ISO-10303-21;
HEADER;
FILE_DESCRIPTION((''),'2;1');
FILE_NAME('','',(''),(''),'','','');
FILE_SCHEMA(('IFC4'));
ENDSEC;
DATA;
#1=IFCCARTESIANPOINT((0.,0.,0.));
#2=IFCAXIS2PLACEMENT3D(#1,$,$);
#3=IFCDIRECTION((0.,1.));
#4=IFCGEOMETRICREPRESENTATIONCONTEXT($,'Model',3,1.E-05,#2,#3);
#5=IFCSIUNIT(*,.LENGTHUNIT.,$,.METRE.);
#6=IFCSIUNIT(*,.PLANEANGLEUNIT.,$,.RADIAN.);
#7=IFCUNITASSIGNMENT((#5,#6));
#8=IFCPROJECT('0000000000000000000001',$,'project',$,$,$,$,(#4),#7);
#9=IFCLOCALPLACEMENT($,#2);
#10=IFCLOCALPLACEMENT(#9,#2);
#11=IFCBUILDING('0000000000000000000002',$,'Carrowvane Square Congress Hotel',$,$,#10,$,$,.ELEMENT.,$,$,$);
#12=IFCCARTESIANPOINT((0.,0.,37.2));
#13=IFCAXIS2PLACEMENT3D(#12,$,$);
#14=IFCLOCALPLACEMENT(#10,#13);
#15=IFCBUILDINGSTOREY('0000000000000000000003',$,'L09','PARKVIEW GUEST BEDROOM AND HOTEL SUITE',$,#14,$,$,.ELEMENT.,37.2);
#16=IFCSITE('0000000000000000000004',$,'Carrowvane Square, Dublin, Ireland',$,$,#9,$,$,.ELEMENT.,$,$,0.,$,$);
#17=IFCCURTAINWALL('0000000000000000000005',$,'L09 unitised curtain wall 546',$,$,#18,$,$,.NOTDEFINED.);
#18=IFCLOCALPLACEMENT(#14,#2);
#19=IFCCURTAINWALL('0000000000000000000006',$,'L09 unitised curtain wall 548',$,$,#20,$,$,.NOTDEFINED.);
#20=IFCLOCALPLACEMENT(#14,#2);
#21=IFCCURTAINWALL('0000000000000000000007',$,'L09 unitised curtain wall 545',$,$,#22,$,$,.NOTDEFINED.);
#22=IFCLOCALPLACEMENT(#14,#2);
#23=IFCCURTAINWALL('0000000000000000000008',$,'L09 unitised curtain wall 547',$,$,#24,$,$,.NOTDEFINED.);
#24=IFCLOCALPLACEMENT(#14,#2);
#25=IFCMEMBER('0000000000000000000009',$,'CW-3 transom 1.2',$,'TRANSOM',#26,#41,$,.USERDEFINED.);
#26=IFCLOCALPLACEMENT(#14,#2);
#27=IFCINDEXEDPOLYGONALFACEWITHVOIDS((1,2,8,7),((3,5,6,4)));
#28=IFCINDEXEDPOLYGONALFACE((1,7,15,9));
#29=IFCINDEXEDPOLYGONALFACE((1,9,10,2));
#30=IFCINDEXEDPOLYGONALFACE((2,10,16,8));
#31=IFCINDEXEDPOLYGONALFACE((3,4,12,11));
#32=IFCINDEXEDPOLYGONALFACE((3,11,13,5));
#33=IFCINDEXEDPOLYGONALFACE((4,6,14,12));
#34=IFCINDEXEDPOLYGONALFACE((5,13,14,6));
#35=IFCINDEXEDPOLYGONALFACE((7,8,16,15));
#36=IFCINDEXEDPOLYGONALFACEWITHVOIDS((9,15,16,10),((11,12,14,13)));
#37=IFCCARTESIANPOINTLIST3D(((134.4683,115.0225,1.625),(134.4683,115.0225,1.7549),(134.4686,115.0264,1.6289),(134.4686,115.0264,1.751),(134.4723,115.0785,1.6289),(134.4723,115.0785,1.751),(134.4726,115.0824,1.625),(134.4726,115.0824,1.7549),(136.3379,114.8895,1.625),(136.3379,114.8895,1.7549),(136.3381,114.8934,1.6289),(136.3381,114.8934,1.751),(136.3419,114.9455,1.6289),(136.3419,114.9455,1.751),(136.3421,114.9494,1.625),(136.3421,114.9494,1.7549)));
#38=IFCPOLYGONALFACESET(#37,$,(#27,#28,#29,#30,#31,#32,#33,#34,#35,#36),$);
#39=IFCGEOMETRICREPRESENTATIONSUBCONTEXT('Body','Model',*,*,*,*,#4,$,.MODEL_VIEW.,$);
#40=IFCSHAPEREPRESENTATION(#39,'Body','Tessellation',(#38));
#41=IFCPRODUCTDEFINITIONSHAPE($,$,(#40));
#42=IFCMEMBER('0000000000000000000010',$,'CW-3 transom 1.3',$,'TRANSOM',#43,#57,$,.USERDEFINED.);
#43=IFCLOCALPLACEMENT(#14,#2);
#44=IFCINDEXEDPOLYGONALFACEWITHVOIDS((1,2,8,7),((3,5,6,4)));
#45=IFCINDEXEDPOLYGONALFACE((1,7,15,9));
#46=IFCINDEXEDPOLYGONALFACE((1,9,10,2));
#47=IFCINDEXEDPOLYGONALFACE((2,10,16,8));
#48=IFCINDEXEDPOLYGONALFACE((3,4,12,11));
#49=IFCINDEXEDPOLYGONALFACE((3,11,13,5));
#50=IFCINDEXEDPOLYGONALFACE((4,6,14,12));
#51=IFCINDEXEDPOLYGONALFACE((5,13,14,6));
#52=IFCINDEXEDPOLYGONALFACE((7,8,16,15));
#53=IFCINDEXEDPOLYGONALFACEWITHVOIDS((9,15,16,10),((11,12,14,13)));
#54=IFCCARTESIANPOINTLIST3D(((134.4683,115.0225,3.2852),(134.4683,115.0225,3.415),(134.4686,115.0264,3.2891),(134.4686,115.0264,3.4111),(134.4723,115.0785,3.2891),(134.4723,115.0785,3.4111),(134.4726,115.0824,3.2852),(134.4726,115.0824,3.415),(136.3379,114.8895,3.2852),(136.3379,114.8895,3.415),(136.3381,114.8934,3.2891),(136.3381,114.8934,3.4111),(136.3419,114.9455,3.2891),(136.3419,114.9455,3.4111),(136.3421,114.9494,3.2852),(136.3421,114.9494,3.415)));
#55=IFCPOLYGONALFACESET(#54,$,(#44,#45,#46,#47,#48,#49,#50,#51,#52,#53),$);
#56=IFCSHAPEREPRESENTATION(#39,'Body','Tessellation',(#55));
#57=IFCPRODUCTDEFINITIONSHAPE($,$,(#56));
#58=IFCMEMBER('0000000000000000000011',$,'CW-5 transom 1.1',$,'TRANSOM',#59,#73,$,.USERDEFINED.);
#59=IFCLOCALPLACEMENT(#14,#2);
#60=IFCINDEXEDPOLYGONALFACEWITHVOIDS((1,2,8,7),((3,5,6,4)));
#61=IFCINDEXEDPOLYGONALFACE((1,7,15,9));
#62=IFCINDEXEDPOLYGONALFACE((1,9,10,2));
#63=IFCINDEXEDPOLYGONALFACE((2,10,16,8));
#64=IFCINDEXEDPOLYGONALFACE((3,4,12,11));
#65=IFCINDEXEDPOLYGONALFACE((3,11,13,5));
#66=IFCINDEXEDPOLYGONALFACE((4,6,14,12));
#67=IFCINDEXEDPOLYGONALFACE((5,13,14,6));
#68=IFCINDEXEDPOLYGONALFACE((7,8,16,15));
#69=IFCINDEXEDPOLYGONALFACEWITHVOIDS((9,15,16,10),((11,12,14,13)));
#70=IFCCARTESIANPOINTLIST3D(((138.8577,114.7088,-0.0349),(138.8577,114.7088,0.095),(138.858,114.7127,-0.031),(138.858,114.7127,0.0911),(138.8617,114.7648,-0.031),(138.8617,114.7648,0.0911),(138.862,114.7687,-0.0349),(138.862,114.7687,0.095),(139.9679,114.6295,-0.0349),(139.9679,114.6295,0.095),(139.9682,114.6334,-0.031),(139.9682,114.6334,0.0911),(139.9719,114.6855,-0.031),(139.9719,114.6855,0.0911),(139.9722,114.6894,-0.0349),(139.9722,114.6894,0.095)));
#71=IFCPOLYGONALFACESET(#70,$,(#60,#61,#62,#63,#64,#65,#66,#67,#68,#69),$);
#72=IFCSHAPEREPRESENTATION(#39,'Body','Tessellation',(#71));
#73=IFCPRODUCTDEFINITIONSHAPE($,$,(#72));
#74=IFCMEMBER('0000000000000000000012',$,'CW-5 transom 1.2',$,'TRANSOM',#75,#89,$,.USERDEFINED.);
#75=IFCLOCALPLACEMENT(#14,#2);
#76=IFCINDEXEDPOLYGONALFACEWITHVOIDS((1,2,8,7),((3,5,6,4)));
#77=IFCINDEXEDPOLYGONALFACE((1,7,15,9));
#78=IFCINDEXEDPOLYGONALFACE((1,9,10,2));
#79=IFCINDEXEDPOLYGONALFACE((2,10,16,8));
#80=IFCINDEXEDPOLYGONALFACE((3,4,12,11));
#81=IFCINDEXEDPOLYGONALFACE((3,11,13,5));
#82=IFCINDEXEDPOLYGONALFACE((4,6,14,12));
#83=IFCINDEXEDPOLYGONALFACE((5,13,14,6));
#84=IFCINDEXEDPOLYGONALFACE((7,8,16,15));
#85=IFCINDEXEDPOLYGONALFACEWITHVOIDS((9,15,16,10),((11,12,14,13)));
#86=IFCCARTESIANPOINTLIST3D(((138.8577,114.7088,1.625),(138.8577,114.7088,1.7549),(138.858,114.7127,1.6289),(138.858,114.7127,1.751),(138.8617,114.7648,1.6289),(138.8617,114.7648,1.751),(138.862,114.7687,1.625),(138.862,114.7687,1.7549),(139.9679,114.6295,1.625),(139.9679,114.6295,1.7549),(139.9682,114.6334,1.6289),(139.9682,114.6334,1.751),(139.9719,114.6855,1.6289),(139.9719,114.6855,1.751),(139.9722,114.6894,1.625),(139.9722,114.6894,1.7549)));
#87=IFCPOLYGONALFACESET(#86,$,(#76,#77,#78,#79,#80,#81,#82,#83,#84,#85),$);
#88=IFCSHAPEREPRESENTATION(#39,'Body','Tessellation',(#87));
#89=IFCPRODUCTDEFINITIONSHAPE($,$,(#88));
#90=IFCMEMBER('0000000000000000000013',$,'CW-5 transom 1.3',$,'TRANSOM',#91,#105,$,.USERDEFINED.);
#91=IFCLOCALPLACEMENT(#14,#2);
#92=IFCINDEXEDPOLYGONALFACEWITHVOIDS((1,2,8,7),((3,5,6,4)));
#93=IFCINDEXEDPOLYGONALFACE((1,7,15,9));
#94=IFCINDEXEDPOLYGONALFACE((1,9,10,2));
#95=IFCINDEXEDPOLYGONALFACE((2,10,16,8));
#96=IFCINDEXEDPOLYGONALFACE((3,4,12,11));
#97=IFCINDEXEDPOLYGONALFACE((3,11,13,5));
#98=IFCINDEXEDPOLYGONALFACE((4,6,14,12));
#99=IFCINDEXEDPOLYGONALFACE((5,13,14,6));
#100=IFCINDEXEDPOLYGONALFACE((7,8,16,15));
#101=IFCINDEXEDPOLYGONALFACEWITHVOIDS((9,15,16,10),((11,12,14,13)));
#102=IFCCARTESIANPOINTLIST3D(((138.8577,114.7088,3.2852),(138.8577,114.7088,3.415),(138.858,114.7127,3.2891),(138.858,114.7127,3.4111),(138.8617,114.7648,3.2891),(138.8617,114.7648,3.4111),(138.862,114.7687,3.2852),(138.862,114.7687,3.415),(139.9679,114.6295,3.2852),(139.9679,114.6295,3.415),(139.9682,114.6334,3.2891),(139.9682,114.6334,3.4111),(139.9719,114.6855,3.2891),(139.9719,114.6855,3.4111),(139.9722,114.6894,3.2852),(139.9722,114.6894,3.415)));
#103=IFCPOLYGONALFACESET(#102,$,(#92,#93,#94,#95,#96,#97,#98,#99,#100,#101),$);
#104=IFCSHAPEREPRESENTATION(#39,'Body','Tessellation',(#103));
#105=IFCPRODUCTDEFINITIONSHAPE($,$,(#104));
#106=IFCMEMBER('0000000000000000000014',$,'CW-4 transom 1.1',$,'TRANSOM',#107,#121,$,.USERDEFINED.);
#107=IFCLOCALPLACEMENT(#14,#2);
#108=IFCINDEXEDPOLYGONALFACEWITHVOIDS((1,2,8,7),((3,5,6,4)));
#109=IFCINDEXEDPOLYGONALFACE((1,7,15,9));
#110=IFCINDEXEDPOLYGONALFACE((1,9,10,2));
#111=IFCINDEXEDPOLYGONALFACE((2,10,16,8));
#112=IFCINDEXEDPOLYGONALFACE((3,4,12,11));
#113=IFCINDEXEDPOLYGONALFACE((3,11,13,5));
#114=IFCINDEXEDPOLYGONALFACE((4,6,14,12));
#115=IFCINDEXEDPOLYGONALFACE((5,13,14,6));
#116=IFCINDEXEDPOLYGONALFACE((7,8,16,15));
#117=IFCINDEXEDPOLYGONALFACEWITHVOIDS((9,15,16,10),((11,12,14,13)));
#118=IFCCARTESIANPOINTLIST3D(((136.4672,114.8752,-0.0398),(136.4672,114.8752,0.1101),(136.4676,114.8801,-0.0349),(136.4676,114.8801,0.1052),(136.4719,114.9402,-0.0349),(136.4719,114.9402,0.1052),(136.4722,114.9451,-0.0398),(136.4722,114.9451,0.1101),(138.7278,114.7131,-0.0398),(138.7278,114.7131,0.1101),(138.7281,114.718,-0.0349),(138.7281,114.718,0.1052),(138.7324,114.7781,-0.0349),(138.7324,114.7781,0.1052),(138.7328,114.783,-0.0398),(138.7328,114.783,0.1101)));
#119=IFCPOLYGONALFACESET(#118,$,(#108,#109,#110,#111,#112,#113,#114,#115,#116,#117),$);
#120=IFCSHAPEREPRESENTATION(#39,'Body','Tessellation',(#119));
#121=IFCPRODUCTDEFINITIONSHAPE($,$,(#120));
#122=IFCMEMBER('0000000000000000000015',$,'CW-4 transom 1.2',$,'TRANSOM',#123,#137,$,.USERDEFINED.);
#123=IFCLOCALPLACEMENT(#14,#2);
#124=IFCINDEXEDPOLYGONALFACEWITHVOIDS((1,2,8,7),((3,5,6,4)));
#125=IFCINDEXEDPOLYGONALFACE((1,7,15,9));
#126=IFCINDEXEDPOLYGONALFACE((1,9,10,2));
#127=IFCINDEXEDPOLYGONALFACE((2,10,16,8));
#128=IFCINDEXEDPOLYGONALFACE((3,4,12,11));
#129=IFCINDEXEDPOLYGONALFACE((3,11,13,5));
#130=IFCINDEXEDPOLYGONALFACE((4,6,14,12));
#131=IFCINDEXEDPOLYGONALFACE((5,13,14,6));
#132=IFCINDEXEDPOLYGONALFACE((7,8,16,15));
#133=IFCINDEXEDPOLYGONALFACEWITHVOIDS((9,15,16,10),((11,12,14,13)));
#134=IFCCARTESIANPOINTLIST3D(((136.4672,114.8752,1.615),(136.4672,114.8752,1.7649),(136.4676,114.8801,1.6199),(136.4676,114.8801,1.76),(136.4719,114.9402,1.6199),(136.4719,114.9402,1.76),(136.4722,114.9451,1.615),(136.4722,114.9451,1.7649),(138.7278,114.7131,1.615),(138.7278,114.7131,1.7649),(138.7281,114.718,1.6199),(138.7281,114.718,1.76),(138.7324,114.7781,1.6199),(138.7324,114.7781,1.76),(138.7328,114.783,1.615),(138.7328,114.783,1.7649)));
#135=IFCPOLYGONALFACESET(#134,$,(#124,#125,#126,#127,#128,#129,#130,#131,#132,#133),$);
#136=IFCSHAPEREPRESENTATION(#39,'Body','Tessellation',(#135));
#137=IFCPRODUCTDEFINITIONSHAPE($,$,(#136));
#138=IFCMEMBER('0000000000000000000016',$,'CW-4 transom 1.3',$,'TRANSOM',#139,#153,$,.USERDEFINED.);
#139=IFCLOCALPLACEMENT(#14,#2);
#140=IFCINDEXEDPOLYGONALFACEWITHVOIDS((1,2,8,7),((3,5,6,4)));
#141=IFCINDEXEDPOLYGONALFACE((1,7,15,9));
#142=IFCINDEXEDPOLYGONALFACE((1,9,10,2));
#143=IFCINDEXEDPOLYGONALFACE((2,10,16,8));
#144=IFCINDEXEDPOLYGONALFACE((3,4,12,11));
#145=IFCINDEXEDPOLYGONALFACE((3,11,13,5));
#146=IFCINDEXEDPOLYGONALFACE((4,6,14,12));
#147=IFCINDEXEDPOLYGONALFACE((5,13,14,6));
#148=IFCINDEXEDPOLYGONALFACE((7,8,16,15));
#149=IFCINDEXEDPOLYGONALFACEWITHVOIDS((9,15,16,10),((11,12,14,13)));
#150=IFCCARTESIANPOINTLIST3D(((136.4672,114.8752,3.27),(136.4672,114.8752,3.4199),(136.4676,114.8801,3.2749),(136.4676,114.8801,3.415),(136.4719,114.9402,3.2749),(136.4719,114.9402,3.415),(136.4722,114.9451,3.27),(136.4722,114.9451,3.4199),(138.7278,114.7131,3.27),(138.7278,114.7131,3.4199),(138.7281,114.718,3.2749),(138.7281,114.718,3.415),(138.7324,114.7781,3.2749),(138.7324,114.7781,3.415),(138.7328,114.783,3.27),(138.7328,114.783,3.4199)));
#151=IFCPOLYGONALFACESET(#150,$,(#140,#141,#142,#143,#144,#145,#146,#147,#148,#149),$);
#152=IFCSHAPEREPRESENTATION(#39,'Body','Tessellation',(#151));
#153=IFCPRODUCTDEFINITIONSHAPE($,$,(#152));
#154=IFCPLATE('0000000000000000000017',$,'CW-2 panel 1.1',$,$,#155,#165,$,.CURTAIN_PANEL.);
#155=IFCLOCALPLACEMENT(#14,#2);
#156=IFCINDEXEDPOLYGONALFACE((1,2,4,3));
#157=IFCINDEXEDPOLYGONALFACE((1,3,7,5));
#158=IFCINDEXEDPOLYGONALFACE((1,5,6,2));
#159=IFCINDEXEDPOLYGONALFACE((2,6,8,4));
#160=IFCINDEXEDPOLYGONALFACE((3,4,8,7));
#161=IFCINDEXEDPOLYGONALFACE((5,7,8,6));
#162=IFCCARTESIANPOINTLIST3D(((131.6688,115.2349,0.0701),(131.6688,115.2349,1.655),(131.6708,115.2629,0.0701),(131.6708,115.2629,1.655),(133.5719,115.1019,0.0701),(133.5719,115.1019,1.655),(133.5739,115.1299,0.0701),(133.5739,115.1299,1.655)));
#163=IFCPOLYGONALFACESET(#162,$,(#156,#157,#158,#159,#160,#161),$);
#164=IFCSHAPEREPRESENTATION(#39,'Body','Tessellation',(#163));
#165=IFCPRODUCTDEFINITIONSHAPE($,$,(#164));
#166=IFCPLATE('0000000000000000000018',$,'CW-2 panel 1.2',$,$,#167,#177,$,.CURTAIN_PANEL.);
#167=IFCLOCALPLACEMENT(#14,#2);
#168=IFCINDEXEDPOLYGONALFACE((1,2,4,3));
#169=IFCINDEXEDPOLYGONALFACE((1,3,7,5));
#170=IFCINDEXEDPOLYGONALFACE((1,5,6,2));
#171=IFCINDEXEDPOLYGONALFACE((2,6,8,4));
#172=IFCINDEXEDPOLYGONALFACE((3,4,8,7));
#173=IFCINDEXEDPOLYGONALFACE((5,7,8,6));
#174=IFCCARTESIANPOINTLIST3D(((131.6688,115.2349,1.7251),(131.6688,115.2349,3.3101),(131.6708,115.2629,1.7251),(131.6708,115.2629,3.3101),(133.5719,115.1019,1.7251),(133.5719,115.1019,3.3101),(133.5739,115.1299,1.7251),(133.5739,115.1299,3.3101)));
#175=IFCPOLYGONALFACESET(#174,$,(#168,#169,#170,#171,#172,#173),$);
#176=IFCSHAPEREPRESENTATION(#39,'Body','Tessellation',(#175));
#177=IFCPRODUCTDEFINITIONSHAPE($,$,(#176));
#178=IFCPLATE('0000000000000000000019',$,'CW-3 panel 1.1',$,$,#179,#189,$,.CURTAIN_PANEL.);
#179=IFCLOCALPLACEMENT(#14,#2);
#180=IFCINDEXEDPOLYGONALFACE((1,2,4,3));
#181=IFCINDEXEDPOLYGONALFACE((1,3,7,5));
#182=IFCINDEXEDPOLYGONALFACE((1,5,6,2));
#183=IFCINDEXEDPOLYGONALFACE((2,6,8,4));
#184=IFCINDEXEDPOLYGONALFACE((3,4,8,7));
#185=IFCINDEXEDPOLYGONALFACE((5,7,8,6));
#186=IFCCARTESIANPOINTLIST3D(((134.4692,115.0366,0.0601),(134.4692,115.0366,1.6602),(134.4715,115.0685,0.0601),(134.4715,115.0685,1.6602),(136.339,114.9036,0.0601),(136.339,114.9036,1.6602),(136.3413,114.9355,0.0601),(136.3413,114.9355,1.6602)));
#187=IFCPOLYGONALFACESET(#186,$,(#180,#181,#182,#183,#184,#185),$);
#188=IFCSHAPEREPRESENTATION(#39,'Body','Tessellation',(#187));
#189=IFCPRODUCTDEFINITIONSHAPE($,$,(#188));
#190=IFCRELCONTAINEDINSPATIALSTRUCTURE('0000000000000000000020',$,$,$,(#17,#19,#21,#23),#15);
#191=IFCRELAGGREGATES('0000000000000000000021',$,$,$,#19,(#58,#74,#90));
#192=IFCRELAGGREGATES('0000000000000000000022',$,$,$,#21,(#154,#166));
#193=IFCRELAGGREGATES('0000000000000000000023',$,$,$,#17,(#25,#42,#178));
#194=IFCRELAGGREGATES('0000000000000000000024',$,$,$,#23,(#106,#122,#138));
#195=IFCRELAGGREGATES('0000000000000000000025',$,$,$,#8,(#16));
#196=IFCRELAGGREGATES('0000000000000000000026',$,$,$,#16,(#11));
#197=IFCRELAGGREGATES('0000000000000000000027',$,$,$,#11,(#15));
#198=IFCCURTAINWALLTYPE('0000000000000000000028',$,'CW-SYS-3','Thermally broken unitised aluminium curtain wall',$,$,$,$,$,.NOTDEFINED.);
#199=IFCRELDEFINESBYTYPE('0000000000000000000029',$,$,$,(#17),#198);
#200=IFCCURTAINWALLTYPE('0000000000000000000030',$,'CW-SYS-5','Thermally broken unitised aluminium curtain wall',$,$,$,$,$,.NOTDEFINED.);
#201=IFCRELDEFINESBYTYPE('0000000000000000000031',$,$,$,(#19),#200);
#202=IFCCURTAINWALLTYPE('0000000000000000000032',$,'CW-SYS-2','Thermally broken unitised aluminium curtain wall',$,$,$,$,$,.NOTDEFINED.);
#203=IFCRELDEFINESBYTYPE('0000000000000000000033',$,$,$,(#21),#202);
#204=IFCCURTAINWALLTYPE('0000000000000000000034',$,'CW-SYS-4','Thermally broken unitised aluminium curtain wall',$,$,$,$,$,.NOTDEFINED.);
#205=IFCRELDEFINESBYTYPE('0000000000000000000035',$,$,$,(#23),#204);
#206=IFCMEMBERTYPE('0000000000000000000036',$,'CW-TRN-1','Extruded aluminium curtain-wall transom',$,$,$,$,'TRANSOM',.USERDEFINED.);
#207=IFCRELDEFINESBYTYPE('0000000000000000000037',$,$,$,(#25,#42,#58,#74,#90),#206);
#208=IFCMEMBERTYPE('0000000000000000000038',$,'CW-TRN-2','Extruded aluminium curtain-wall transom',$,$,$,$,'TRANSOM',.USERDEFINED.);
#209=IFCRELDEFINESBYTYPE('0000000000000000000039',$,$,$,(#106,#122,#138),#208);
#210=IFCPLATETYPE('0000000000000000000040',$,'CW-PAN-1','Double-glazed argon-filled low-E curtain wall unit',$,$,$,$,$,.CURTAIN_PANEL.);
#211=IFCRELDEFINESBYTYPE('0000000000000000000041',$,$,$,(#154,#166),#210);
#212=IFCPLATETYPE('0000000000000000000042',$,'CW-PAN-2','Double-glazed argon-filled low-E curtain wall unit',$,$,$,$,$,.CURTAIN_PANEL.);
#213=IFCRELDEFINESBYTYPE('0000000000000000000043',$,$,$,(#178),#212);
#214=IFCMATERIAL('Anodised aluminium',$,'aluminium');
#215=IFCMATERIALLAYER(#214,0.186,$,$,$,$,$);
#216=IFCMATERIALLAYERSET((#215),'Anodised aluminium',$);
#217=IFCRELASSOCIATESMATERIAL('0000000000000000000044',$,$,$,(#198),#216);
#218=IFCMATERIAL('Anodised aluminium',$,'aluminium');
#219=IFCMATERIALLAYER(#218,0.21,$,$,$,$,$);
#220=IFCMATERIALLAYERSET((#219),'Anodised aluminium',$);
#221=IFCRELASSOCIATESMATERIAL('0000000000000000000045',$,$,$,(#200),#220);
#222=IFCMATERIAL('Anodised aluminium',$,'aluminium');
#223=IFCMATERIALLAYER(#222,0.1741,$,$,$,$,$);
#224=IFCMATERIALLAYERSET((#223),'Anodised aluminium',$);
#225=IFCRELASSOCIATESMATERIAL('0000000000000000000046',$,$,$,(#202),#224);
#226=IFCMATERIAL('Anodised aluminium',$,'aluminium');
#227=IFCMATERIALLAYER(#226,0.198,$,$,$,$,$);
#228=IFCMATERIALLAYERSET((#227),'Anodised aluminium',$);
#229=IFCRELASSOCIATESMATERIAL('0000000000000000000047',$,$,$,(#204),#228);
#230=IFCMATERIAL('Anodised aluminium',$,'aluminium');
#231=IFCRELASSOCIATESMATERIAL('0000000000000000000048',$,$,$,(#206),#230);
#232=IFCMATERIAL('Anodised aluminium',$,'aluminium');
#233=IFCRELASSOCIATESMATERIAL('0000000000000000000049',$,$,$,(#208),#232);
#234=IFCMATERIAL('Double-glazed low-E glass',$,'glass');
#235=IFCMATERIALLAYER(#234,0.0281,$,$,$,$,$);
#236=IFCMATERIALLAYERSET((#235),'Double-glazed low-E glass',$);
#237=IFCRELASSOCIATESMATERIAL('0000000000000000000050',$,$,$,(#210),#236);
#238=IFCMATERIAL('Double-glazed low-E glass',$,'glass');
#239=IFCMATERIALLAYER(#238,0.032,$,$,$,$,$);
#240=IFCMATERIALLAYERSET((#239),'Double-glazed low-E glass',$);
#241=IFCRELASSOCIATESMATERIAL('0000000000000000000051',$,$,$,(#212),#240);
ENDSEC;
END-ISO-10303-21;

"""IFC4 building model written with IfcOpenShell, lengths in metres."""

from ifc_helpers import new_model, si_unit, direction, frame, origin, origin_2d, place, context, subcontext, project, spatial, rectangle, hollow_rectangle, extrude, material, layer, layer_set, material_profile, profile_set, type_object, element, aggregate, save


model = new_model("IFC4")

# Units and contexts
model_context = context("Model", 3, precision=1e-05, world=origin(), true_north=direction((0.0, 1.0)))
body_context = subcontext(model_context, "Body", "Model", "MODEL_VIEW")
ifc_project = project(units=[si_unit("LENGTHUNIT", "METRE"), si_unit("PLANEANGLEUNIT", "RADIAN")], contexts=[model_context])

# Site, building, storey
site_placement = place(None, origin())
site = spatial("IfcSite", under=ifc_project, at=site_placement, Name="Carrowvane Square, Dublin, Ireland", CompositionType="ELEMENT", RefElevation=0.0)
building_placement = place(site_placement, origin())
building = spatial("IfcBuilding", under=site, at=building_placement, Name="Carrowvane Square Congress Hotel", CompositionType="ELEMENT")
storey_placement = place(building_placement, frame((0.0, 0.0, 37.2)))
storey = spatial("IfcBuildingStorey", under=building, at=storey_placement, Name="L09", Description="PARKVIEW GUEST BEDROOM AND HOTEL SUITE", CompositionType="ELEMENT", Elevation=37.2)

# Curtain wall
ifc_material_1 = material(Name="Anodised aluminium", Category="aluminium")
ifc_layer_1 = layer(ifc_material_1, 0.186)
ifc_layer_set_1 = layer_set([ifc_layer_1], Name="Anodised aluminium")
curtain_wall_type_1 = type_object("IfcCurtainWallType", Name="CW-SYS-3", Description="Thermally broken unitised aluminium curtain wall", PredefinedType="NOTDEFINED", material=ifc_layer_set_1)
curtain_wall_1_placement = place(storey_placement, origin())
curtain_wall_1 = element("IfcCurtainWall", 1, at=curtain_wall_1_placement, inside=storey, type_object=curtain_wall_type_1, Name="L09 unitised curtain wall 546", PredefinedType="NOTDEFINED")

# Curtain walls
ifc_material_2 = material(Name="Anodised aluminium", Category="aluminium")
ifc_layer_2 = layer(ifc_material_2, 0.21)
ifc_layer_set_2 = layer_set([ifc_layer_2], Name="Anodised aluminium")
curtain_wall_type_2 = type_object("IfcCurtainWallType", Name="CW-SYS-5", Description="Thermally broken unitised aluminium curtain wall", PredefinedType="NOTDEFINED", material=ifc_layer_set_2)
curtain_wall_2_placement = place(storey_placement, origin())
curtain_wall_2 = element("IfcCurtainWall", 2, at=curtain_wall_2_placement, inside=storey, type_object=curtain_wall_type_2, Name="L09 unitised curtain wall 548", PredefinedType="NOTDEFINED")
ifc_material_3 = material(Name="Anodised aluminium", Category="aluminium")
ifc_layer_3 = layer(ifc_material_3, 0.1741)
ifc_layer_set_3 = layer_set([ifc_layer_3], Name="Anodised aluminium")
curtain_wall_type_3 = type_object("IfcCurtainWallType", Name="CW-SYS-2", Description="Thermally broken unitised aluminium curtain wall", PredefinedType="NOTDEFINED", material=ifc_layer_set_3)
curtain_wall_3_placement = place(storey_placement, origin())
curtain_wall_3 = element("IfcCurtainWall", 3, at=curtain_wall_3_placement, inside=storey, type_object=curtain_wall_type_3, Name="L09 unitised curtain wall 545", PredefinedType="NOTDEFINED")

# Curtain wall
ifc_material_4 = material(Name="Anodised aluminium", Category="aluminium")
ifc_layer_4 = layer(ifc_material_4, 0.198)
ifc_layer_set_4 = layer_set([ifc_layer_4], Name="Anodised aluminium")
curtain_wall_type_4 = type_object("IfcCurtainWallType", Name="CW-SYS-4", Description="Thermally broken unitised aluminium curtain wall", PredefinedType="NOTDEFINED", material=ifc_layer_set_4)
curtain_wall_4_placement = place(storey_placement, origin())
curtain_wall_4 = element("IfcCurtainWall", 4, at=curtain_wall_4_placement, inside=storey, type_object=curtain_wall_type_4, Name="L09 unitised curtain wall 547", PredefinedType="NOTDEFINED")

# Members
ifc_material_5 = material(Name="Anodised aluminium", Category="aluminium")
ifc_material_profile_1 = material_profile(ifc_material_5, hollow_rectangle(XDim=0.0601, YDim=0.1299, WallThickness=0.0039, at=origin_2d()), Name="CW-TR 60x130x4")
ifc_profile_set_1 = profile_set([ifc_material_profile_1], Name="Anodised aluminium")
member_type_1 = type_object("IfcMemberType", Name="CW-TRN-1", Description="Extruded aluminium curtain-wall transom", ElementType="TRANSOM", PredefinedType="USERDEFINED", material=ifc_profile_set_1)
member_1_placement = place(storey_placement, frame((134.4705, 115.0525, 1.6899), z_axis=(0.997477, -0.070988, 0.0), x_axis=(0.070988, 0.997477, 0.0)))
member_1 = element("IfcMember", 5, at=member_1_placement, type_object=member_type_1, Name="CW-3 transom 1.2", ObjectType="TRANSOM", PredefinedType="USERDEFINED", context=body_context, shape_type="SweptSolid", body=[
    extrude(hollow_rectangle(XDim=0.0601, YDim=0.1299, WallThickness=0.0039, at=origin_2d()), origin(), (0.0, 0.0, 1.0), 1.8743),
])
member_2_placement = place(storey_placement, frame((134.4705, 115.0525, 3.3501), z_axis=(0.997477, -0.070988, 0.0), x_axis=(0.070988, 0.997477, 0.0)))
member_2 = element("IfcMember", 6, at=member_2_placement, type_object=member_type_1, Name="CW-3 transom 1.3", ObjectType="TRANSOM", PredefinedType="USERDEFINED", context=body_context, shape_type="SweptSolid", body=[
    extrude(hollow_rectangle(XDim=0.0601, YDim=0.1299, WallThickness=0.0039, at=origin_2d()), origin(), (0.0, 0.0, 1.0), 1.8743),
])
member_3_placement = place(storey_placement, frame((138.8599, 114.7388, 0.03), z_axis=(0.997455, -0.071294, 0.0), x_axis=(0.071294, 0.997455, 0.0)))
member_3 = element("IfcMember", 7, at=member_3_placement, type_object=member_type_1, Name="CW-5 transom 1.1", ObjectType="TRANSOM", PredefinedType="USERDEFINED", context=body_context, shape_type="SweptSolid", body=[
    extrude(hollow_rectangle(XDim=0.0601, YDim=0.1299, WallThickness=0.0039, at=origin_2d()), origin(), (0.0, 0.0, 1.0), 1.113),
])
member_4_placement = place(storey_placement, frame((138.8599, 114.7388, 1.6899), z_axis=(0.997455, -0.071294, 0.0), x_axis=(0.071294, 0.997455, 0.0)))
member_4 = element("IfcMember", 8, at=member_4_placement, type_object=member_type_1, Name="CW-5 transom 1.2", ObjectType="TRANSOM", PredefinedType="USERDEFINED", context=body_context, shape_type="SweptSolid", body=[
    extrude(hollow_rectangle(XDim=0.0601, YDim=0.1299, WallThickness=0.0039, at=origin_2d()), origin(), (0.0, 0.0, 1.0), 1.113),
])
member_5_placement = place(storey_placement, frame((138.8599, 114.7388, 3.3501), z_axis=(0.997455, -0.071294, 0.0), x_axis=(0.071294, 0.997455, 0.0)))
member_5 = element("IfcMember", 9, at=member_5_placement, type_object=member_type_1, Name="CW-5 transom 1.3", ObjectType="TRANSOM", PredefinedType="USERDEFINED", context=body_context, shape_type="SweptSolid", body=[
    extrude(hollow_rectangle(XDim=0.0601, YDim=0.1299, WallThickness=0.0039, at=origin_2d()), origin(), (0.0, 0.0, 1.0), 1.113),
])
aggregate(curtain_wall_2, [member_3, member_4, member_5])
ifc_material_6 = material(Name="Anodised aluminium", Category="aluminium")
ifc_material_profile_2 = material_profile(ifc_material_6, hollow_rectangle(XDim=0.0701, YDim=0.1499, WallThickness=0.0049, at=origin_2d()), Name="CW-TR 70x150x5")
ifc_profile_set_2 = profile_set([ifc_material_profile_2], Name="Anodised aluminium")
member_type_2 = type_object("IfcMemberType", Name="CW-TRN-2", Description="Extruded aluminium curtain-wall transom", ElementType="TRANSOM", PredefinedType="USERDEFINED", material=ifc_profile_set_2)
member_6_placement = place(storey_placement, frame((136.4697, 114.9102, 0.0352), z_axis=(0.997438, -0.07153, 0.0), x_axis=(0.07153, 0.997438, 0.0)))
member_6 = element("IfcMember", 10, at=member_6_placement, type_object=member_type_2, Name="CW-4 transom 1.1", ObjectType="TRANSOM", PredefinedType="USERDEFINED", context=body_context, shape_type="SweptSolid", body=[
    extrude(hollow_rectangle(XDim=0.0701, YDim=0.1499, WallThickness=0.0049, at=origin_2d()), origin(), (0.0, 0.0, 1.0), 2.2664),
])
member_7_placement = place(storey_placement, frame((136.4697, 114.9102, 1.6899), z_axis=(0.997438, -0.07153, 0.0), x_axis=(0.07153, 0.997438, 0.0)))
member_7 = element("IfcMember", 11, at=member_7_placement, type_object=member_type_2, Name="CW-4 transom 1.2", ObjectType="TRANSOM", PredefinedType="USERDEFINED", context=body_context, shape_type="SweptSolid", body=[
    extrude(hollow_rectangle(XDim=0.0701, YDim=0.1499, WallThickness=0.0049, at=origin_2d()), origin(), (0.0, 0.0, 1.0), 2.2664),
])
member_8_placement = place(storey_placement, frame((136.4697, 114.9102, 3.345), z_axis=(0.997438, -0.07153, 0.0), x_axis=(0.07153, 0.997438, 0.0)))
member_8 = element("IfcMember", 12, at=member_8_placement, type_object=member_type_2, Name="CW-4 transom 1.3", ObjectType="TRANSOM", PredefinedType="USERDEFINED", context=body_context, shape_type="SweptSolid", body=[
    extrude(hollow_rectangle(XDim=0.0701, YDim=0.1499, WallThickness=0.0049, at=origin_2d()), origin(), (0.0, 0.0, 1.0), 2.2664),
])

# Plates
ifc_material_7 = material(Name="Double-glazed low-E glass", Category="glass")
ifc_layer_5 = layer(ifc_material_7, 0.0281)
ifc_layer_set_5 = layer_set([ifc_layer_5], Name="Double-glazed low-E glass")
plate_type_1 = type_object("IfcPlateType", Name="CW-PAN-1", Description="Double-glazed argon-filled low-E curtain wall unit", PredefinedType="CURTAIN_PANEL", material=ifc_layer_set_5)
plate_1_placement = place(storey_placement, frame((132.6213, 115.1824, 0.0701), z_axis=(0.0, 0.0, 1.0), x_axis=(0.997566, -0.069727, 0.0)))
plate_1 = element("IfcPlate", 13, at=plate_1_placement, type_object=plate_type_1, Name="CW-2 panel 1.1", PredefinedType="CURTAIN_PANEL", context=body_context, shape_type="SweptSolid", body=[
    extrude(rectangle(XDim=1.9077, YDim=0.0281, at=origin_2d()), origin(), (0.0, 0.0, 1.0), 1.585),
])
plate_2_placement = place(storey_placement, frame((132.6213, 115.1824, 1.7251), z_axis=(0.0, 0.0, 1.0), x_axis=(0.997566, -0.069727, 0.0)))
plate_2 = element("IfcPlate", 14, at=plate_2_placement, type_object=plate_type_1, Name="CW-2 panel 1.2", PredefinedType="CURTAIN_PANEL", context=body_context, shape_type="SweptSolid", body=[
    extrude(rectangle(XDim=1.9077, YDim=0.0281, at=origin_2d()), origin(), (0.0, 0.0, 1.0), 1.585),
])
aggregate(curtain_wall_3, [plate_1, plate_2])
ifc_material_8 = material(Name="Double-glazed low-E glass", Category="glass")
ifc_layer_6 = layer(ifc_material_8, 0.032)
ifc_layer_set_6 = layer_set([ifc_layer_6], Name="Double-glazed low-E glass")
plate_type_2 = type_object("IfcPlateType", Name="CW-PAN-2", Description="Double-glazed argon-filled low-E curtain wall unit", PredefinedType="CURTAIN_PANEL", material=ifc_layer_set_6)
plate_3_placement = place(storey_placement, frame((135.4053, 114.9861, 0.0601), z_axis=(0.0, 0.0, 1.0), x_axis=(0.997479, -0.07096, 0.0)))
plate_3 = element("IfcPlate", 15, at=plate_3_placement, type_object=plate_type_2, Name="CW-3 panel 1.1", PredefinedType="CURTAIN_PANEL", context=body_context, shape_type="SweptSolid", body=[
    extrude(rectangle(XDim=1.8745, YDim=0.032, at=origin_2d()), origin(), (0.0, 0.0, 1.0), 1.6001),
])
aggregate(curtain_wall_1, [member_1, member_2, plate_3])
aggregate(curtain_wall_4, [member_6, member_7, member_8])

save(model, "model.ifc")
